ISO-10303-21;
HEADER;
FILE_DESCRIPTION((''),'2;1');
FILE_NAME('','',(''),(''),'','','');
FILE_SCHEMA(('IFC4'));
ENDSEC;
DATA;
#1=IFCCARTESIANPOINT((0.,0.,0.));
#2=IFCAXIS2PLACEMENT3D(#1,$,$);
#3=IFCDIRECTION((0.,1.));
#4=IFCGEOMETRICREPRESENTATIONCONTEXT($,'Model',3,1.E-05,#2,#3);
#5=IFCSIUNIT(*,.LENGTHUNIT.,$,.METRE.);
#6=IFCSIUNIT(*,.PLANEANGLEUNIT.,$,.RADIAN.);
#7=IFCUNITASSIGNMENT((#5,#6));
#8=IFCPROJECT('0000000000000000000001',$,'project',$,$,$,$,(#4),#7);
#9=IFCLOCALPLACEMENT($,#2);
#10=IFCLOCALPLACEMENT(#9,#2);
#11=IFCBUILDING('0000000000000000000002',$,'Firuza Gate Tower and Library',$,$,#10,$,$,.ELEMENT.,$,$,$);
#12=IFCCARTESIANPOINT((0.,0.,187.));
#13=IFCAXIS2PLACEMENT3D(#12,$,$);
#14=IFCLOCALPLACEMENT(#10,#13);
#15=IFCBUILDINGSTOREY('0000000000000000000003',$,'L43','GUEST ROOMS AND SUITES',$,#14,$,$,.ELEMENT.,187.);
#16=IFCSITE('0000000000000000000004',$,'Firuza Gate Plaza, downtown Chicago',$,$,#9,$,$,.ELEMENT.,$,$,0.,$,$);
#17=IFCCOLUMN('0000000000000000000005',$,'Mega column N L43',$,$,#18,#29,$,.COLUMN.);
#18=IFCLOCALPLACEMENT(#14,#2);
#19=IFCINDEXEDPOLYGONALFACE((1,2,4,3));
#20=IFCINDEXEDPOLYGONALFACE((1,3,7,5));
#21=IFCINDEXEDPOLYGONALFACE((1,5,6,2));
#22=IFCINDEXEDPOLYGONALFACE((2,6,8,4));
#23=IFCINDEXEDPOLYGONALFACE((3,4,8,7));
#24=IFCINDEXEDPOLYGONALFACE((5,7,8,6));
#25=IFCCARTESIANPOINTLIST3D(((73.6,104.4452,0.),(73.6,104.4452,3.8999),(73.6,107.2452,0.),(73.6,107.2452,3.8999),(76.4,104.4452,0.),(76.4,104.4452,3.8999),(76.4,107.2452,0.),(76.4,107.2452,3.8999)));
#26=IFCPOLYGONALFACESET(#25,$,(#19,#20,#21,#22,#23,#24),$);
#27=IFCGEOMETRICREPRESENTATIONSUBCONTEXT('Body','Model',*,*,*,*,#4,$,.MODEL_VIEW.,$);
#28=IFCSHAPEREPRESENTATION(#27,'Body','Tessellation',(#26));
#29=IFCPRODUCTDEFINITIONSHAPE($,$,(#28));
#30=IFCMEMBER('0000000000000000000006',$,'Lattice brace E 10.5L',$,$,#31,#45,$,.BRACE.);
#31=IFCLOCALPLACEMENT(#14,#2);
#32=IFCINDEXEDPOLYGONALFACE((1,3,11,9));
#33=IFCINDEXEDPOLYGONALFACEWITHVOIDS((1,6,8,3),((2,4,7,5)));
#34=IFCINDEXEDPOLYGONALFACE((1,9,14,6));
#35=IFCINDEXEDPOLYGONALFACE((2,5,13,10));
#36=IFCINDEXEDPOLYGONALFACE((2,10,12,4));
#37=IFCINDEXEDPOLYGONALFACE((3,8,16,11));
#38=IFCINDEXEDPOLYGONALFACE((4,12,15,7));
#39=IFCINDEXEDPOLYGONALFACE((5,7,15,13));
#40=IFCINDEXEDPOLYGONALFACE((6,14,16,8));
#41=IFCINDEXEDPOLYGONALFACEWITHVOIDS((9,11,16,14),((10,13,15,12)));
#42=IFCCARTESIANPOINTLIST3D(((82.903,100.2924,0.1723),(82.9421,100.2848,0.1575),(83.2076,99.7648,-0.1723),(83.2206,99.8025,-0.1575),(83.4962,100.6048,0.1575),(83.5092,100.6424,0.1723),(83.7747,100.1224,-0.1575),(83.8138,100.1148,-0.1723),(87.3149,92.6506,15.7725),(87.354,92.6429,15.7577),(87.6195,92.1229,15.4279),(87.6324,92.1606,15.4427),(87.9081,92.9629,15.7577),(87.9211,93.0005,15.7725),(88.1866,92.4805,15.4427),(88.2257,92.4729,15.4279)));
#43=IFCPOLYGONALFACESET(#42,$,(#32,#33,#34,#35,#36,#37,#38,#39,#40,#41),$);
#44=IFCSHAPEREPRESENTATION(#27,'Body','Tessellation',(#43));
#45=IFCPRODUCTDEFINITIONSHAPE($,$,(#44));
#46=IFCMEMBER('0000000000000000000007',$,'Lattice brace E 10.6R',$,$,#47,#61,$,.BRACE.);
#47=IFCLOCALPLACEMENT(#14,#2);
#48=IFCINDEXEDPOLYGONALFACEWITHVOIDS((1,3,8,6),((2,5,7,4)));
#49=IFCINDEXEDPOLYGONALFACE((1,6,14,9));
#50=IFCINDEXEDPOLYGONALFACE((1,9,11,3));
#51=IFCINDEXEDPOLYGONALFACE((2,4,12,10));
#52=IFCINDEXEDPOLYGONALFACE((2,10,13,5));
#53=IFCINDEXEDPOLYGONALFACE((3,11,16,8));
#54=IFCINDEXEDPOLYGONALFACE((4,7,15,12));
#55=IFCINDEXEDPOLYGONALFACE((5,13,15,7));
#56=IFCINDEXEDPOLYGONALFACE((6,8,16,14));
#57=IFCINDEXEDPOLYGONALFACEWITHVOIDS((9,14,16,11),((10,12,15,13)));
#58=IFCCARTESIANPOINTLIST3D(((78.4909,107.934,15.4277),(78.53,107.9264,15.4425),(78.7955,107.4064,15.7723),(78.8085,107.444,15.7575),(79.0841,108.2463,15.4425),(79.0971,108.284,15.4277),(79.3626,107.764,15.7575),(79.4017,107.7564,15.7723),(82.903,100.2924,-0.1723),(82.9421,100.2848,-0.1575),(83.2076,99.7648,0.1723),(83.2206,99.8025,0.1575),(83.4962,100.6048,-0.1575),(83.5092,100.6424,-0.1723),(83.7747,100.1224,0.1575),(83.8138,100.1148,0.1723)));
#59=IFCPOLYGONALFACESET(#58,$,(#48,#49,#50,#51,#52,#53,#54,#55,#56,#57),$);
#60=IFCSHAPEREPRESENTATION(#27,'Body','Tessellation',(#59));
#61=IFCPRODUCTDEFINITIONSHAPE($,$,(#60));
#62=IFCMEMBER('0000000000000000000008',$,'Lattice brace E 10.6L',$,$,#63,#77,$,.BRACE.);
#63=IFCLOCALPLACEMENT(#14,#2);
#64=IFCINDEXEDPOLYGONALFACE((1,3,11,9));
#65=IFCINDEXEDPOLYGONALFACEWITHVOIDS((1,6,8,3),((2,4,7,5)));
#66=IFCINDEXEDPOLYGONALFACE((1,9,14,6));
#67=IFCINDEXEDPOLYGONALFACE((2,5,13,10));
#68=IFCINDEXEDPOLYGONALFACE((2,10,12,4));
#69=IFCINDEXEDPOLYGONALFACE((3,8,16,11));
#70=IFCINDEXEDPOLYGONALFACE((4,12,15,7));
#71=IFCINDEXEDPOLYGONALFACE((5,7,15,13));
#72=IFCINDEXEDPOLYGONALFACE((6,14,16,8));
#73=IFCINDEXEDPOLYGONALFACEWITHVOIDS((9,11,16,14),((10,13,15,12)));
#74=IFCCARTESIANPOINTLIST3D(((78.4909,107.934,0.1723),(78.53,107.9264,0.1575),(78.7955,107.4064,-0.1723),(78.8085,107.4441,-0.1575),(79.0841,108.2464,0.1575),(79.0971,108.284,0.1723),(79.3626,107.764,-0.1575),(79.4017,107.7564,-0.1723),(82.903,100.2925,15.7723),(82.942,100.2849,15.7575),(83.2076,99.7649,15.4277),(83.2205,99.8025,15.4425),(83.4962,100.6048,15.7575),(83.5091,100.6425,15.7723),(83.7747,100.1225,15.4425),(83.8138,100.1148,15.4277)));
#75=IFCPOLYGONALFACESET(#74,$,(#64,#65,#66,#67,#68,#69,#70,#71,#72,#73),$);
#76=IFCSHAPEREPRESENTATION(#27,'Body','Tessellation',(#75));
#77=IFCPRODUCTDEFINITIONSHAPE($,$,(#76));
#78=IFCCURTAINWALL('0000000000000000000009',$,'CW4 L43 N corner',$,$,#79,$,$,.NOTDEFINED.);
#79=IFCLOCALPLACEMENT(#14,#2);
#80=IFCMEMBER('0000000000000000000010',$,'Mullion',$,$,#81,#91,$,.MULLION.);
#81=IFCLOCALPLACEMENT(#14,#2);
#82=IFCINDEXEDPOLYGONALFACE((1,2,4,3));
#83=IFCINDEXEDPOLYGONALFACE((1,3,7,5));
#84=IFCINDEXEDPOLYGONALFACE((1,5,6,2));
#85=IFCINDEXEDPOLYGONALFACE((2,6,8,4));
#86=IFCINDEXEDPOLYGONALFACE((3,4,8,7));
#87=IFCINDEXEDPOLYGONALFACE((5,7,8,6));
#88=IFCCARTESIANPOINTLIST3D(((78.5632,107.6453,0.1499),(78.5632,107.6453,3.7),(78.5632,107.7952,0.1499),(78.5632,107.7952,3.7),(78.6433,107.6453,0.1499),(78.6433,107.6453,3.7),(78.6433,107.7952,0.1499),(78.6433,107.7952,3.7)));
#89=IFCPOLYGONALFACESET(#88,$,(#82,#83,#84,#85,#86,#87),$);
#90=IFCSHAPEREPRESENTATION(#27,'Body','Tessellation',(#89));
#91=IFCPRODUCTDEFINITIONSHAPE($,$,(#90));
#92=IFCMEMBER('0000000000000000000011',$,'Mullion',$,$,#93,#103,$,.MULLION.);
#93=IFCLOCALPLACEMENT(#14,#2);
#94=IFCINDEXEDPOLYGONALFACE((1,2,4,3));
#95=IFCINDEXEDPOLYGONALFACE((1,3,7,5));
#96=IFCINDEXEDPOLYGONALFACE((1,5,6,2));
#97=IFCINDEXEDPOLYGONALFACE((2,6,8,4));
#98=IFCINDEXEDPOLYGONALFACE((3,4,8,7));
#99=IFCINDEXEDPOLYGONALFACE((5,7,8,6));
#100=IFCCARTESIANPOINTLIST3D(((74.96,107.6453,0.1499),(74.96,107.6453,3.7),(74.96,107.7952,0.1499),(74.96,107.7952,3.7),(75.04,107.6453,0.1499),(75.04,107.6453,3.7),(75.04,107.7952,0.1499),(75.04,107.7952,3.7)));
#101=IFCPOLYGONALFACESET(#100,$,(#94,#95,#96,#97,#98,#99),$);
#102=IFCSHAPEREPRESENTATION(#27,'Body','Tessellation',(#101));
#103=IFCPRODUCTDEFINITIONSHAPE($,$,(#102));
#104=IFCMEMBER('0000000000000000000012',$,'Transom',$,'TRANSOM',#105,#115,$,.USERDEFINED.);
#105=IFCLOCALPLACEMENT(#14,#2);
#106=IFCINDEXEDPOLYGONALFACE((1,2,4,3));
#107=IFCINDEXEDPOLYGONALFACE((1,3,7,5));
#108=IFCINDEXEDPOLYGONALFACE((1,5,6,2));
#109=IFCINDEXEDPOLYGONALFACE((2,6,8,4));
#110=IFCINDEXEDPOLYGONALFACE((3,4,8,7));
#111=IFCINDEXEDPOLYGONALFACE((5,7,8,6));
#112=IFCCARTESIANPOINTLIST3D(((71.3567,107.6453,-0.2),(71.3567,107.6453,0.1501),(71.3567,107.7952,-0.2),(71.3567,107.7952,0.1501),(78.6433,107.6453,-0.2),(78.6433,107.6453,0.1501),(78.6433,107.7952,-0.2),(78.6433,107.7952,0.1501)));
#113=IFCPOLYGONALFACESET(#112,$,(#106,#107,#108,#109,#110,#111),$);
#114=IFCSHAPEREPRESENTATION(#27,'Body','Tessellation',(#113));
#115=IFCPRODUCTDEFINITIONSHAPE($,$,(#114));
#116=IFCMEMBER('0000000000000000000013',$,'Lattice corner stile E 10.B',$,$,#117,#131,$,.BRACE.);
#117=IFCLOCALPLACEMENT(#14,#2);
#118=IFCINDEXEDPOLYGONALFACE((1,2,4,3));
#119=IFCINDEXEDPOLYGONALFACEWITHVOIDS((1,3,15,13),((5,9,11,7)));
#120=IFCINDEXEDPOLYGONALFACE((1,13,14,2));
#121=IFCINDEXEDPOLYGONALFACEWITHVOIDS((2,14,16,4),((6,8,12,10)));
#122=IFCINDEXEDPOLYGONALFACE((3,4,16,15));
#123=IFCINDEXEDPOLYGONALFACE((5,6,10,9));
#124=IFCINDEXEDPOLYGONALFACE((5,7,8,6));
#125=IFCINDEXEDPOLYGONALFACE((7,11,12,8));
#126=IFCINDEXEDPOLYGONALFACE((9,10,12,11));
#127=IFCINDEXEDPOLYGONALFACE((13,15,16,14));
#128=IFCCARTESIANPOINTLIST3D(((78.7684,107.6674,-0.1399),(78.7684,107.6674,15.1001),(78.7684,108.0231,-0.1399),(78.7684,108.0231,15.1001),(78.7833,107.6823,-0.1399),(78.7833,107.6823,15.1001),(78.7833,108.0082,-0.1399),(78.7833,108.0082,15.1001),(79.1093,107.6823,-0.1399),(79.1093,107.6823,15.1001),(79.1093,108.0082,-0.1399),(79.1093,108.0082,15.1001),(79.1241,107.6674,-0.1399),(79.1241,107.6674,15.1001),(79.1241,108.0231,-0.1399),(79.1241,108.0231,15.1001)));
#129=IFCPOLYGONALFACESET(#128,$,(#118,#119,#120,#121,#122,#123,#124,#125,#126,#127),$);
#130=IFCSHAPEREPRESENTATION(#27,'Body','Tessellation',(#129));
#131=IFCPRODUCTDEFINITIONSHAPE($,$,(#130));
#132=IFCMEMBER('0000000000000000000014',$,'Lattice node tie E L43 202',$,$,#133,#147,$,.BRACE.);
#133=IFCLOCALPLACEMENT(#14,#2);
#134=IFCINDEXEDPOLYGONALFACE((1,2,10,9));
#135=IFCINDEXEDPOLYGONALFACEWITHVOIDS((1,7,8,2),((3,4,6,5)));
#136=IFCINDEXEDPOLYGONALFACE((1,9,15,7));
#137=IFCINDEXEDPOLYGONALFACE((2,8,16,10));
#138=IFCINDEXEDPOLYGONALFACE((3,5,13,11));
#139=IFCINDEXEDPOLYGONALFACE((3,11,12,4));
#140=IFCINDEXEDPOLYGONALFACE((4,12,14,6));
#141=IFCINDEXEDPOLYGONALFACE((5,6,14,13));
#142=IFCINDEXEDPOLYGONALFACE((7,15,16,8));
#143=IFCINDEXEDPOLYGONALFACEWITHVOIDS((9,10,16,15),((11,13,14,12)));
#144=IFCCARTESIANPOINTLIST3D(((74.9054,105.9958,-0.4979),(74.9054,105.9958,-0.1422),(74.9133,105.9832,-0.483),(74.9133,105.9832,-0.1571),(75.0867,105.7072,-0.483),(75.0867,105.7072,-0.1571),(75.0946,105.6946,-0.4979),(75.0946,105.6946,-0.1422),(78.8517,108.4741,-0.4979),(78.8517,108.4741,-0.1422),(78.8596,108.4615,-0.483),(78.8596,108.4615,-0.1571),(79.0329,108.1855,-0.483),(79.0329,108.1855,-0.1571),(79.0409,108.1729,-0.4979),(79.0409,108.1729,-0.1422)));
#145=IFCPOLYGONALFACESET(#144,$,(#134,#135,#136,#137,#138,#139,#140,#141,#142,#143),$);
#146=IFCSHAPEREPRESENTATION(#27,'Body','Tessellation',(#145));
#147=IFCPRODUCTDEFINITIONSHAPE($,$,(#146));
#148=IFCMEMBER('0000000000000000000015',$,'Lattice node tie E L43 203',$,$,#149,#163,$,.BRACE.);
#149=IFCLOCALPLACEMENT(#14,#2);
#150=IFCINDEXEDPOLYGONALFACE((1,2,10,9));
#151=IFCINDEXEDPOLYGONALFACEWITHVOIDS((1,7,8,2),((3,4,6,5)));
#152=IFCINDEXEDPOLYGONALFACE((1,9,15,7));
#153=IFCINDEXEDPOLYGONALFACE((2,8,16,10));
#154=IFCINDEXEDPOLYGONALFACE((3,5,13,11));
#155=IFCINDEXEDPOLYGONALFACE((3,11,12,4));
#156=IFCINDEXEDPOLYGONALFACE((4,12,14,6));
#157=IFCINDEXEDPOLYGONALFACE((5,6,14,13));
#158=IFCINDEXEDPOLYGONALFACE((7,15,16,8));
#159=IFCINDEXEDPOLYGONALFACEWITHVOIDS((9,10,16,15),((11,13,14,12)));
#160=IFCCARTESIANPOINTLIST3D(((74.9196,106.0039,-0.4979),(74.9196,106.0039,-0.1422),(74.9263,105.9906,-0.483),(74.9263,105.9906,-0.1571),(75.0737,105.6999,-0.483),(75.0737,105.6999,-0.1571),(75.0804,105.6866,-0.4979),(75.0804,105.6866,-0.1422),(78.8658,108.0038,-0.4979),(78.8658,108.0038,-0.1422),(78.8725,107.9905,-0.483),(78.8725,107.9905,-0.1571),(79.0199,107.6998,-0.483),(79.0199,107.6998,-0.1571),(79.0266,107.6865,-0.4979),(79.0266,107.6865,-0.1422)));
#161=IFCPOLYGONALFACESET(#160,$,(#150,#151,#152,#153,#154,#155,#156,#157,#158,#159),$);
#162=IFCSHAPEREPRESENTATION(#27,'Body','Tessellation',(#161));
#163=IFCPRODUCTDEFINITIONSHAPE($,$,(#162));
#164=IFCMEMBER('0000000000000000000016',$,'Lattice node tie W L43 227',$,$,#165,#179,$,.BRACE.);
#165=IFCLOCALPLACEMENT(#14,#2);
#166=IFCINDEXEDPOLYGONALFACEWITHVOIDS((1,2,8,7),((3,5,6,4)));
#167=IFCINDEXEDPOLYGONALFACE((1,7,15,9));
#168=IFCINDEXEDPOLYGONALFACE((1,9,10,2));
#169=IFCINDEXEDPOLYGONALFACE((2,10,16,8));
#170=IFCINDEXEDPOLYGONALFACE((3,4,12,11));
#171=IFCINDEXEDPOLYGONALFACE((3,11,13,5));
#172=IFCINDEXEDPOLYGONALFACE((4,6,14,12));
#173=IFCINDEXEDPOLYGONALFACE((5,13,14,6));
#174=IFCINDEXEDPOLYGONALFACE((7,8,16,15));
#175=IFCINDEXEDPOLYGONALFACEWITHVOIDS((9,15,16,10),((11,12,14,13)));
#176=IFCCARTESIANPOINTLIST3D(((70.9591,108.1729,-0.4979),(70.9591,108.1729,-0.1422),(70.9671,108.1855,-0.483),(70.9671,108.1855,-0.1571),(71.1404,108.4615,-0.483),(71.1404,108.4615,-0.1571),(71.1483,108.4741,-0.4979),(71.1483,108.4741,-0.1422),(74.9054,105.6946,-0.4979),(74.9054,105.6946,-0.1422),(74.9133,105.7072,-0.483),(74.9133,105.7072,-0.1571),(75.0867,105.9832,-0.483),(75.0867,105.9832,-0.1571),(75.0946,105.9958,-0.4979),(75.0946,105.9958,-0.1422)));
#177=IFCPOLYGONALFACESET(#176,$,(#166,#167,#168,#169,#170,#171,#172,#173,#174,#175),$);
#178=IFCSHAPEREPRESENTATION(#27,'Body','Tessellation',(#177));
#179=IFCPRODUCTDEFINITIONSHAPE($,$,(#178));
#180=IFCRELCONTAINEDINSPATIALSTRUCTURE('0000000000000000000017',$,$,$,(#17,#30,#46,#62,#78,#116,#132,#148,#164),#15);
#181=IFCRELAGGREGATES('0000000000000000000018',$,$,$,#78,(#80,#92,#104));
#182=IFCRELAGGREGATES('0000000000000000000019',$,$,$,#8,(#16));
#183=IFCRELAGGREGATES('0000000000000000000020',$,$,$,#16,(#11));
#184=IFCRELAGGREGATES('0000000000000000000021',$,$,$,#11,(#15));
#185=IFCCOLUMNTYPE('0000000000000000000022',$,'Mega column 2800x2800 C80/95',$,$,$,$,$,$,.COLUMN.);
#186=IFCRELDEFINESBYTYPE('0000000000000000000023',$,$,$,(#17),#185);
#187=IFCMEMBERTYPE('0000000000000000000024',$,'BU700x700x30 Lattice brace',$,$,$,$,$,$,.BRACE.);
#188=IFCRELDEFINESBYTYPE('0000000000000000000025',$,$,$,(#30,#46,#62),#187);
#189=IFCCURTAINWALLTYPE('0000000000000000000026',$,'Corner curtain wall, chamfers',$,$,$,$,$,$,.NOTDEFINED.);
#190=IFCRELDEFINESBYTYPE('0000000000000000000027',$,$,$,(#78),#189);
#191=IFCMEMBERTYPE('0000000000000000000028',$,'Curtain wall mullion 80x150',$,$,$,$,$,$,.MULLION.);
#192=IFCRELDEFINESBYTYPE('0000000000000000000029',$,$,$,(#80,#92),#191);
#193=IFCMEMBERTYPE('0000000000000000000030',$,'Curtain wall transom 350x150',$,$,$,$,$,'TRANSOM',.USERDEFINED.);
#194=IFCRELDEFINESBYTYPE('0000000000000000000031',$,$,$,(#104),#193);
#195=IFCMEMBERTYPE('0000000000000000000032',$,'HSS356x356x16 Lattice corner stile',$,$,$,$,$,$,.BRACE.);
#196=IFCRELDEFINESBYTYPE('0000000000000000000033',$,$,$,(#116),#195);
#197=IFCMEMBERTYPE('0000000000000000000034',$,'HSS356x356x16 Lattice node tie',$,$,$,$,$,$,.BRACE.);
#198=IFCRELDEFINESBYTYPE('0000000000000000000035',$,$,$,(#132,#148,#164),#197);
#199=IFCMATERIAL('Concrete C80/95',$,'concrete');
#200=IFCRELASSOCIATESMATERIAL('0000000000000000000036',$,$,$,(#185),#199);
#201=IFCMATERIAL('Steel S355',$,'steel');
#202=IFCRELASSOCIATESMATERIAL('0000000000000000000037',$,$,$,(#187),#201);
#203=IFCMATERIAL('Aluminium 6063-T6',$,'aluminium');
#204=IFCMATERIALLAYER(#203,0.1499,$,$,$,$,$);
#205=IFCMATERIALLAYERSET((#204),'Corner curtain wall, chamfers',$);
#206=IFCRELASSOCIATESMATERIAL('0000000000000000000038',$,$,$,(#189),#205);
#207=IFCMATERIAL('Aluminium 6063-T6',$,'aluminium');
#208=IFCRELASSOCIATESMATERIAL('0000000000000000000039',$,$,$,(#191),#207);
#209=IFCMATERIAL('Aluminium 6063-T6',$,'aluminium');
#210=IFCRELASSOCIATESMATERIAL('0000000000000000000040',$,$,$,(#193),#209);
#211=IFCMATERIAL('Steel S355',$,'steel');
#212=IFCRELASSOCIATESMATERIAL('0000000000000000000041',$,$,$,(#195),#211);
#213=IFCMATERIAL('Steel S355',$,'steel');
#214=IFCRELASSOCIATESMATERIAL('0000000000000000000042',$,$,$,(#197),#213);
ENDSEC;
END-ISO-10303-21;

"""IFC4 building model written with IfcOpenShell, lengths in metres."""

from ifc_helpers import new_model, si_unit, direction, frame, origin, origin_2d, place, context, subcontext, project, spatial, rectangle, hollow_rectangle, extrude, material, layer, layer_set, material_profile, profile_set, type_object, element, aggregate, save


model = new_model("IFC4")

# Units and contexts
model_context = context("Model", 3, precision=1e-05, world=origin(), true_north=direction((0.0, 1.0)))
body_context = subcontext(model_context, "Body", "Model", "MODEL_VIEW")
ifc_project = project(units=[si_unit("LENGTHUNIT", "METRE"), si_unit("PLANEANGLEUNIT", "RADIAN")], contexts=[model_context])

# Site, building, storey
site_placement = place(None, origin())
site = spatial("IfcSite", under=ifc_project, at=site_placement, Name="Firuza Gate Plaza, downtown Chicago", CompositionType="ELEMENT", RefElevation=0.0)
building_placement = place(site_placement, origin())
building = spatial("IfcBuilding", under=site, at=building_placement, Name="Firuza Gate Tower and Library", CompositionType="ELEMENT")
storey_placement = place(building_placement, frame((0.0, 0.0, 187.0)))
storey = spatial("IfcBuildingStorey", under=building, at=storey_placement, Name="L43", Description="GUEST ROOMS AND SUITES", CompositionType="ELEMENT", Elevation=187.0)

# Column
ifc_material_1 = material(Name="Concrete C80/95", Category="concrete")
ifc_material_profile_1 = material_profile(ifc_material_1, rectangle(XDim=2.8, YDim=2.8, at=origin_2d()))
ifc_profile_set_1 = profile_set([ifc_material_profile_1], Name="Concrete C80/95")
column_type = type_object("IfcColumnType", Name="Mega column 2800x2800 C80/95", PredefinedType="COLUMN", material=ifc_profile_set_1)
column_placement = place(storey_placement, frame((75.0, 105.8452, 0.0), z_axis=(0.0, 0.0, 1.0), x_axis=(-1.0, 0.0, 0.0)))
element("IfcColumn", 1, at=column_placement, inside=storey, type_object=column_type, Name="Mega column N L43", PredefinedType="COLUMN", context=body_context, shape_type="SweptSolid", body=[
    extrude(rectangle(XDim=2.8, YDim=2.8, at=origin_2d()), origin(), (0.0, 0.0, 1.0), 3.8999),
])

# Members
ifc_material_2 = material(Name="Steel S355", Category="steel")
ifc_material_profile_2 = material_profile(ifc_material_2, hollow_rectangle(XDim=0.7, YDim=0.7, WallThickness=0.03, at=origin_2d()))
ifc_profile_set_2 = profile_set([ifc_material_profile_2], Name="Steel S355")
member_type_1 = type_object("IfcMemberType", Name="BU700x700x30 Lattice brace", PredefinedType="BRACE", material=ifc_profile_set_2)
member_1_placement = place(storey_placement, frame((83.3584, 100.2036, 0.0), z_axis=(0.24616, -0.426377, 0.870407), x_axis=(0.866033, 0.499987, 0.0)))
element("IfcMember", 2, at=member_1_placement, inside=storey, type_object=member_type_1, Name="Lattice brace E 10.5L", PredefinedType="BRACE", context=body_context, shape_type="SweptSolid", body=[
    extrude(hollow_rectangle(XDim=0.7, YDim=0.7, WallThickness=0.03, at=origin_2d()), origin(), (0.0, 0.0, 1.0), 17.9229),
])
for number, where, z_axis, x_axis, name in (
    (3, (83.3584, 100.2036, 0.0), (-0.246174, 0.426364, 0.870409), (-0.866014, -0.500019, 0.0), "Lattice brace E 10.6R"),
    (4, (78.9463, 107.8452, 0.0), (0.246174, -0.426364, 0.870409), (0.866014, 0.500019, 0.0), "Lattice brace E 10.6L"),
):
    element("IfcMember", number, at=place(storey_placement, frame(where, z_axis=z_axis, x_axis=x_axis)), inside=storey, type_object=member_type_1, Name=name, PredefinedType="BRACE", context=body_context, shape_type="SweptSolid", body=[
        extrude(hollow_rectangle(XDim=0.7, YDim=0.7, WallThickness=0.03, at=origin_2d()), origin(), (0.0, 0.0, 1.0), 17.9226),
    ])

# Curtain wall, members
ifc_material_3 = material(Name="Aluminium 6063-T6", Category="aluminium")
ifc_layer_1 = layer(ifc_material_3, 0.1499)
ifc_layer_set_1 = layer_set([ifc_layer_1], Name="Corner curtain wall, chamfers")
curtain_wall_type = type_object("IfcCurtainWallType", Name="Corner curtain wall, chamfers", PredefinedType="NOTDEFINED", material=ifc_layer_set_1)
curtain_wall_placement = place(storey_placement, origin())
curtain_wall = element("IfcCurtainWall", 5, at=curtain_wall_placement, inside=storey, type_object=curtain_wall_type, Name="CW4 L43 N corner", PredefinedType="NOTDEFINED")
ifc_material_4 = material(Name="Aluminium 6063-T6", Category="aluminium")
ifc_material_profile_3 = material_profile(ifc_material_4, rectangle(XDim=0.1499, YDim=0.0801, at=origin_2d()))
ifc_profile_set_3 = profile_set([ifc_material_profile_3], Name="Aluminium 6063-T6")
member_type_2 = type_object("IfcMemberType", Name="Curtain wall mullion 80x150", PredefinedType="MULLION", material=ifc_profile_set_3)
member_2_placement = place(storey_placement, frame((78.6033, 107.7202, 0.1499), z_axis=(0.0, 0.0, 1.0), x_axis=(0.0, -1.0, 0.0)))
member_2 = element("IfcMember", 6, at=member_2_placement, type_object=member_type_2, Name="Mullion", PredefinedType="MULLION", context=body_context, shape_type="SweptSolid", body=[
    extrude(rectangle(XDim=0.1499, YDim=0.0801, at=origin_2d()), origin(), (0.0, 0.0, 1.0), 3.55),
])
member_3_placement = place(storey_placement, frame((75.0, 107.7202, 0.1499), z_axis=(0.0, 0.0, 1.0), x_axis=(0.0, -1.0, 0.0)))
member_3 = element("IfcMember", 7, at=member_3_placement, type_object=member_type_2, Name="Mullion", PredefinedType="MULLION", context=body_context, shape_type="SweptSolid", body=[
    extrude(rectangle(XDim=0.1499, YDim=0.0801, at=origin_2d()), origin(), (0.0, 0.0, 1.0), 3.55),
])
ifc_material_5 = material(Name="Aluminium 6063-T6", Category="aluminium")
ifc_material_profile_4 = material_profile(ifc_material_5, rectangle(XDim=0.1499, YDim=0.3501, at=origin_2d()))
ifc_profile_set_4 = profile_set([ifc_material_profile_4], Name="Aluminium 6063-T6")
member_type_3 = type_object("IfcMemberType", Name="Curtain wall transom 350x150", ElementType="TRANSOM", PredefinedType="USERDEFINED", material=ifc_profile_set_4)
member_4_placement = place(storey_placement, frame((78.6433, 107.7202, -0.0249), z_axis=(-1.0, 0.0, 0.0), x_axis=(0.0, -1.0, 0.0)))
member_4 = element("IfcMember", 8, at=member_4_placement, type_object=member_type_3, Name="Transom", ObjectType="TRANSOM", PredefinedType="USERDEFINED", context=body_context, shape_type="SweptSolid", body=[
    extrude(rectangle(XDim=0.1499, YDim=0.3501, at=origin_2d()), origin(), (0.0, 0.0, 1.0), 7.2866),
])

# Members
ifc_material_6 = material(Name="Steel S355", Category="steel")
ifc_material_profile_5 = material_profile(ifc_material_6, hollow_rectangle(XDim=0.3557, YDim=0.3557, WallThickness=0.0149, at=origin_2d()))
ifc_profile_set_5 = profile_set([ifc_material_profile_5], Name="Steel S355")
member_type_4 = type_object("IfcMemberType", Name="HSS356x356x16 Lattice corner stile", PredefinedType="BRACE", material=ifc_profile_set_5)
member_5_placement = place(storey_placement, frame((78.9463, 107.8452, -0.1399), z_axis=(0.0, 0.0, 1.0), x_axis=(1.0, 0.0, 0.0)))
element("IfcMember", 9, at=member_5_placement, inside=storey, type_object=member_type_4, Name="Lattice corner stile E 10.B", PredefinedType="BRACE", context=body_context, shape_type="SweptSolid", body=[
    extrude(hollow_rectangle(XDim=0.3557, YDim=0.3557, WallThickness=0.0149, at=origin_2d()), origin(), (0.0, 0.0, 1.0), 15.24),
])
ifc_material_7 = material(Name="Steel S355", Category="steel")
ifc_material_profile_6 = material_profile(ifc_material_7, hollow_rectangle(XDim=0.3557, YDim=0.3557, WallThickness=0.0149, at=origin_2d()))
ifc_profile_set_6 = profile_set([ifc_material_profile_6], Name="Steel S355")
member_type_5 = type_object("IfcMemberType", Name="HSS356x356x16 Lattice node tie", PredefinedType="BRACE", material=ifc_profile_set_6)
member_6_placement = place(storey_placement, frame((75.0, 105.8452, -0.3201), z_axis=(0.846854, 0.531825, 0.0), x_axis=(-0.531825, 0.846854, 0.0)))
element("IfcMember", 10, at=member_6_placement, inside=storey, type_object=member_type_5, Name="Lattice node tie E L43 202", PredefinedType="BRACE", context=body_context, shape_type="SweptSolid", body=[
    extrude(hollow_rectangle(XDim=0.3557, YDim=0.3557, WallThickness=0.0149, at=origin_2d()), origin(), (0.0, 0.0, 1.0), 4.6599),
])
member_7_placement = place(storey_placement, frame((75.0, 105.8452, -0.3201), z_axis=(0.891986, 0.452063, 0.0), x_axis=(-0.452063, 0.891986, 0.0)))
element("IfcMember", 11, at=member_7_placement, inside=storey, type_object=member_type_5, Name="Lattice node tie E L43 203", PredefinedType="BRACE", context=body_context, shape_type="SweptSolid", body=[
    extrude(hollow_rectangle(XDim=0.3557, YDim=0.3557, WallThickness=0.0149, at=origin_2d()), origin(), (0.0, 0.0, 1.0), 4.4241),
])
member_8_placement = place(storey_placement, frame((75.0, 105.8452, -0.3201), z_axis=(-0.846854, 0.531825, 0.0), x_axis=(-0.531825, -0.846854, 0.0)))
element("IfcMember", 12, at=member_8_placement, inside=storey, type_object=member_type_5, Name="Lattice node tie W L43 227", PredefinedType="BRACE", context=body_context, shape_type="SweptSolid", body=[
    extrude(hollow_rectangle(XDim=0.3557, YDim=0.3557, WallThickness=0.0149, at=origin_2d()), origin(), (0.0, 0.0, 1.0), 4.6599),
])

aggregate(curtain_wall, [member_2, member_3, member_4])

save(model, "model.ifc")
